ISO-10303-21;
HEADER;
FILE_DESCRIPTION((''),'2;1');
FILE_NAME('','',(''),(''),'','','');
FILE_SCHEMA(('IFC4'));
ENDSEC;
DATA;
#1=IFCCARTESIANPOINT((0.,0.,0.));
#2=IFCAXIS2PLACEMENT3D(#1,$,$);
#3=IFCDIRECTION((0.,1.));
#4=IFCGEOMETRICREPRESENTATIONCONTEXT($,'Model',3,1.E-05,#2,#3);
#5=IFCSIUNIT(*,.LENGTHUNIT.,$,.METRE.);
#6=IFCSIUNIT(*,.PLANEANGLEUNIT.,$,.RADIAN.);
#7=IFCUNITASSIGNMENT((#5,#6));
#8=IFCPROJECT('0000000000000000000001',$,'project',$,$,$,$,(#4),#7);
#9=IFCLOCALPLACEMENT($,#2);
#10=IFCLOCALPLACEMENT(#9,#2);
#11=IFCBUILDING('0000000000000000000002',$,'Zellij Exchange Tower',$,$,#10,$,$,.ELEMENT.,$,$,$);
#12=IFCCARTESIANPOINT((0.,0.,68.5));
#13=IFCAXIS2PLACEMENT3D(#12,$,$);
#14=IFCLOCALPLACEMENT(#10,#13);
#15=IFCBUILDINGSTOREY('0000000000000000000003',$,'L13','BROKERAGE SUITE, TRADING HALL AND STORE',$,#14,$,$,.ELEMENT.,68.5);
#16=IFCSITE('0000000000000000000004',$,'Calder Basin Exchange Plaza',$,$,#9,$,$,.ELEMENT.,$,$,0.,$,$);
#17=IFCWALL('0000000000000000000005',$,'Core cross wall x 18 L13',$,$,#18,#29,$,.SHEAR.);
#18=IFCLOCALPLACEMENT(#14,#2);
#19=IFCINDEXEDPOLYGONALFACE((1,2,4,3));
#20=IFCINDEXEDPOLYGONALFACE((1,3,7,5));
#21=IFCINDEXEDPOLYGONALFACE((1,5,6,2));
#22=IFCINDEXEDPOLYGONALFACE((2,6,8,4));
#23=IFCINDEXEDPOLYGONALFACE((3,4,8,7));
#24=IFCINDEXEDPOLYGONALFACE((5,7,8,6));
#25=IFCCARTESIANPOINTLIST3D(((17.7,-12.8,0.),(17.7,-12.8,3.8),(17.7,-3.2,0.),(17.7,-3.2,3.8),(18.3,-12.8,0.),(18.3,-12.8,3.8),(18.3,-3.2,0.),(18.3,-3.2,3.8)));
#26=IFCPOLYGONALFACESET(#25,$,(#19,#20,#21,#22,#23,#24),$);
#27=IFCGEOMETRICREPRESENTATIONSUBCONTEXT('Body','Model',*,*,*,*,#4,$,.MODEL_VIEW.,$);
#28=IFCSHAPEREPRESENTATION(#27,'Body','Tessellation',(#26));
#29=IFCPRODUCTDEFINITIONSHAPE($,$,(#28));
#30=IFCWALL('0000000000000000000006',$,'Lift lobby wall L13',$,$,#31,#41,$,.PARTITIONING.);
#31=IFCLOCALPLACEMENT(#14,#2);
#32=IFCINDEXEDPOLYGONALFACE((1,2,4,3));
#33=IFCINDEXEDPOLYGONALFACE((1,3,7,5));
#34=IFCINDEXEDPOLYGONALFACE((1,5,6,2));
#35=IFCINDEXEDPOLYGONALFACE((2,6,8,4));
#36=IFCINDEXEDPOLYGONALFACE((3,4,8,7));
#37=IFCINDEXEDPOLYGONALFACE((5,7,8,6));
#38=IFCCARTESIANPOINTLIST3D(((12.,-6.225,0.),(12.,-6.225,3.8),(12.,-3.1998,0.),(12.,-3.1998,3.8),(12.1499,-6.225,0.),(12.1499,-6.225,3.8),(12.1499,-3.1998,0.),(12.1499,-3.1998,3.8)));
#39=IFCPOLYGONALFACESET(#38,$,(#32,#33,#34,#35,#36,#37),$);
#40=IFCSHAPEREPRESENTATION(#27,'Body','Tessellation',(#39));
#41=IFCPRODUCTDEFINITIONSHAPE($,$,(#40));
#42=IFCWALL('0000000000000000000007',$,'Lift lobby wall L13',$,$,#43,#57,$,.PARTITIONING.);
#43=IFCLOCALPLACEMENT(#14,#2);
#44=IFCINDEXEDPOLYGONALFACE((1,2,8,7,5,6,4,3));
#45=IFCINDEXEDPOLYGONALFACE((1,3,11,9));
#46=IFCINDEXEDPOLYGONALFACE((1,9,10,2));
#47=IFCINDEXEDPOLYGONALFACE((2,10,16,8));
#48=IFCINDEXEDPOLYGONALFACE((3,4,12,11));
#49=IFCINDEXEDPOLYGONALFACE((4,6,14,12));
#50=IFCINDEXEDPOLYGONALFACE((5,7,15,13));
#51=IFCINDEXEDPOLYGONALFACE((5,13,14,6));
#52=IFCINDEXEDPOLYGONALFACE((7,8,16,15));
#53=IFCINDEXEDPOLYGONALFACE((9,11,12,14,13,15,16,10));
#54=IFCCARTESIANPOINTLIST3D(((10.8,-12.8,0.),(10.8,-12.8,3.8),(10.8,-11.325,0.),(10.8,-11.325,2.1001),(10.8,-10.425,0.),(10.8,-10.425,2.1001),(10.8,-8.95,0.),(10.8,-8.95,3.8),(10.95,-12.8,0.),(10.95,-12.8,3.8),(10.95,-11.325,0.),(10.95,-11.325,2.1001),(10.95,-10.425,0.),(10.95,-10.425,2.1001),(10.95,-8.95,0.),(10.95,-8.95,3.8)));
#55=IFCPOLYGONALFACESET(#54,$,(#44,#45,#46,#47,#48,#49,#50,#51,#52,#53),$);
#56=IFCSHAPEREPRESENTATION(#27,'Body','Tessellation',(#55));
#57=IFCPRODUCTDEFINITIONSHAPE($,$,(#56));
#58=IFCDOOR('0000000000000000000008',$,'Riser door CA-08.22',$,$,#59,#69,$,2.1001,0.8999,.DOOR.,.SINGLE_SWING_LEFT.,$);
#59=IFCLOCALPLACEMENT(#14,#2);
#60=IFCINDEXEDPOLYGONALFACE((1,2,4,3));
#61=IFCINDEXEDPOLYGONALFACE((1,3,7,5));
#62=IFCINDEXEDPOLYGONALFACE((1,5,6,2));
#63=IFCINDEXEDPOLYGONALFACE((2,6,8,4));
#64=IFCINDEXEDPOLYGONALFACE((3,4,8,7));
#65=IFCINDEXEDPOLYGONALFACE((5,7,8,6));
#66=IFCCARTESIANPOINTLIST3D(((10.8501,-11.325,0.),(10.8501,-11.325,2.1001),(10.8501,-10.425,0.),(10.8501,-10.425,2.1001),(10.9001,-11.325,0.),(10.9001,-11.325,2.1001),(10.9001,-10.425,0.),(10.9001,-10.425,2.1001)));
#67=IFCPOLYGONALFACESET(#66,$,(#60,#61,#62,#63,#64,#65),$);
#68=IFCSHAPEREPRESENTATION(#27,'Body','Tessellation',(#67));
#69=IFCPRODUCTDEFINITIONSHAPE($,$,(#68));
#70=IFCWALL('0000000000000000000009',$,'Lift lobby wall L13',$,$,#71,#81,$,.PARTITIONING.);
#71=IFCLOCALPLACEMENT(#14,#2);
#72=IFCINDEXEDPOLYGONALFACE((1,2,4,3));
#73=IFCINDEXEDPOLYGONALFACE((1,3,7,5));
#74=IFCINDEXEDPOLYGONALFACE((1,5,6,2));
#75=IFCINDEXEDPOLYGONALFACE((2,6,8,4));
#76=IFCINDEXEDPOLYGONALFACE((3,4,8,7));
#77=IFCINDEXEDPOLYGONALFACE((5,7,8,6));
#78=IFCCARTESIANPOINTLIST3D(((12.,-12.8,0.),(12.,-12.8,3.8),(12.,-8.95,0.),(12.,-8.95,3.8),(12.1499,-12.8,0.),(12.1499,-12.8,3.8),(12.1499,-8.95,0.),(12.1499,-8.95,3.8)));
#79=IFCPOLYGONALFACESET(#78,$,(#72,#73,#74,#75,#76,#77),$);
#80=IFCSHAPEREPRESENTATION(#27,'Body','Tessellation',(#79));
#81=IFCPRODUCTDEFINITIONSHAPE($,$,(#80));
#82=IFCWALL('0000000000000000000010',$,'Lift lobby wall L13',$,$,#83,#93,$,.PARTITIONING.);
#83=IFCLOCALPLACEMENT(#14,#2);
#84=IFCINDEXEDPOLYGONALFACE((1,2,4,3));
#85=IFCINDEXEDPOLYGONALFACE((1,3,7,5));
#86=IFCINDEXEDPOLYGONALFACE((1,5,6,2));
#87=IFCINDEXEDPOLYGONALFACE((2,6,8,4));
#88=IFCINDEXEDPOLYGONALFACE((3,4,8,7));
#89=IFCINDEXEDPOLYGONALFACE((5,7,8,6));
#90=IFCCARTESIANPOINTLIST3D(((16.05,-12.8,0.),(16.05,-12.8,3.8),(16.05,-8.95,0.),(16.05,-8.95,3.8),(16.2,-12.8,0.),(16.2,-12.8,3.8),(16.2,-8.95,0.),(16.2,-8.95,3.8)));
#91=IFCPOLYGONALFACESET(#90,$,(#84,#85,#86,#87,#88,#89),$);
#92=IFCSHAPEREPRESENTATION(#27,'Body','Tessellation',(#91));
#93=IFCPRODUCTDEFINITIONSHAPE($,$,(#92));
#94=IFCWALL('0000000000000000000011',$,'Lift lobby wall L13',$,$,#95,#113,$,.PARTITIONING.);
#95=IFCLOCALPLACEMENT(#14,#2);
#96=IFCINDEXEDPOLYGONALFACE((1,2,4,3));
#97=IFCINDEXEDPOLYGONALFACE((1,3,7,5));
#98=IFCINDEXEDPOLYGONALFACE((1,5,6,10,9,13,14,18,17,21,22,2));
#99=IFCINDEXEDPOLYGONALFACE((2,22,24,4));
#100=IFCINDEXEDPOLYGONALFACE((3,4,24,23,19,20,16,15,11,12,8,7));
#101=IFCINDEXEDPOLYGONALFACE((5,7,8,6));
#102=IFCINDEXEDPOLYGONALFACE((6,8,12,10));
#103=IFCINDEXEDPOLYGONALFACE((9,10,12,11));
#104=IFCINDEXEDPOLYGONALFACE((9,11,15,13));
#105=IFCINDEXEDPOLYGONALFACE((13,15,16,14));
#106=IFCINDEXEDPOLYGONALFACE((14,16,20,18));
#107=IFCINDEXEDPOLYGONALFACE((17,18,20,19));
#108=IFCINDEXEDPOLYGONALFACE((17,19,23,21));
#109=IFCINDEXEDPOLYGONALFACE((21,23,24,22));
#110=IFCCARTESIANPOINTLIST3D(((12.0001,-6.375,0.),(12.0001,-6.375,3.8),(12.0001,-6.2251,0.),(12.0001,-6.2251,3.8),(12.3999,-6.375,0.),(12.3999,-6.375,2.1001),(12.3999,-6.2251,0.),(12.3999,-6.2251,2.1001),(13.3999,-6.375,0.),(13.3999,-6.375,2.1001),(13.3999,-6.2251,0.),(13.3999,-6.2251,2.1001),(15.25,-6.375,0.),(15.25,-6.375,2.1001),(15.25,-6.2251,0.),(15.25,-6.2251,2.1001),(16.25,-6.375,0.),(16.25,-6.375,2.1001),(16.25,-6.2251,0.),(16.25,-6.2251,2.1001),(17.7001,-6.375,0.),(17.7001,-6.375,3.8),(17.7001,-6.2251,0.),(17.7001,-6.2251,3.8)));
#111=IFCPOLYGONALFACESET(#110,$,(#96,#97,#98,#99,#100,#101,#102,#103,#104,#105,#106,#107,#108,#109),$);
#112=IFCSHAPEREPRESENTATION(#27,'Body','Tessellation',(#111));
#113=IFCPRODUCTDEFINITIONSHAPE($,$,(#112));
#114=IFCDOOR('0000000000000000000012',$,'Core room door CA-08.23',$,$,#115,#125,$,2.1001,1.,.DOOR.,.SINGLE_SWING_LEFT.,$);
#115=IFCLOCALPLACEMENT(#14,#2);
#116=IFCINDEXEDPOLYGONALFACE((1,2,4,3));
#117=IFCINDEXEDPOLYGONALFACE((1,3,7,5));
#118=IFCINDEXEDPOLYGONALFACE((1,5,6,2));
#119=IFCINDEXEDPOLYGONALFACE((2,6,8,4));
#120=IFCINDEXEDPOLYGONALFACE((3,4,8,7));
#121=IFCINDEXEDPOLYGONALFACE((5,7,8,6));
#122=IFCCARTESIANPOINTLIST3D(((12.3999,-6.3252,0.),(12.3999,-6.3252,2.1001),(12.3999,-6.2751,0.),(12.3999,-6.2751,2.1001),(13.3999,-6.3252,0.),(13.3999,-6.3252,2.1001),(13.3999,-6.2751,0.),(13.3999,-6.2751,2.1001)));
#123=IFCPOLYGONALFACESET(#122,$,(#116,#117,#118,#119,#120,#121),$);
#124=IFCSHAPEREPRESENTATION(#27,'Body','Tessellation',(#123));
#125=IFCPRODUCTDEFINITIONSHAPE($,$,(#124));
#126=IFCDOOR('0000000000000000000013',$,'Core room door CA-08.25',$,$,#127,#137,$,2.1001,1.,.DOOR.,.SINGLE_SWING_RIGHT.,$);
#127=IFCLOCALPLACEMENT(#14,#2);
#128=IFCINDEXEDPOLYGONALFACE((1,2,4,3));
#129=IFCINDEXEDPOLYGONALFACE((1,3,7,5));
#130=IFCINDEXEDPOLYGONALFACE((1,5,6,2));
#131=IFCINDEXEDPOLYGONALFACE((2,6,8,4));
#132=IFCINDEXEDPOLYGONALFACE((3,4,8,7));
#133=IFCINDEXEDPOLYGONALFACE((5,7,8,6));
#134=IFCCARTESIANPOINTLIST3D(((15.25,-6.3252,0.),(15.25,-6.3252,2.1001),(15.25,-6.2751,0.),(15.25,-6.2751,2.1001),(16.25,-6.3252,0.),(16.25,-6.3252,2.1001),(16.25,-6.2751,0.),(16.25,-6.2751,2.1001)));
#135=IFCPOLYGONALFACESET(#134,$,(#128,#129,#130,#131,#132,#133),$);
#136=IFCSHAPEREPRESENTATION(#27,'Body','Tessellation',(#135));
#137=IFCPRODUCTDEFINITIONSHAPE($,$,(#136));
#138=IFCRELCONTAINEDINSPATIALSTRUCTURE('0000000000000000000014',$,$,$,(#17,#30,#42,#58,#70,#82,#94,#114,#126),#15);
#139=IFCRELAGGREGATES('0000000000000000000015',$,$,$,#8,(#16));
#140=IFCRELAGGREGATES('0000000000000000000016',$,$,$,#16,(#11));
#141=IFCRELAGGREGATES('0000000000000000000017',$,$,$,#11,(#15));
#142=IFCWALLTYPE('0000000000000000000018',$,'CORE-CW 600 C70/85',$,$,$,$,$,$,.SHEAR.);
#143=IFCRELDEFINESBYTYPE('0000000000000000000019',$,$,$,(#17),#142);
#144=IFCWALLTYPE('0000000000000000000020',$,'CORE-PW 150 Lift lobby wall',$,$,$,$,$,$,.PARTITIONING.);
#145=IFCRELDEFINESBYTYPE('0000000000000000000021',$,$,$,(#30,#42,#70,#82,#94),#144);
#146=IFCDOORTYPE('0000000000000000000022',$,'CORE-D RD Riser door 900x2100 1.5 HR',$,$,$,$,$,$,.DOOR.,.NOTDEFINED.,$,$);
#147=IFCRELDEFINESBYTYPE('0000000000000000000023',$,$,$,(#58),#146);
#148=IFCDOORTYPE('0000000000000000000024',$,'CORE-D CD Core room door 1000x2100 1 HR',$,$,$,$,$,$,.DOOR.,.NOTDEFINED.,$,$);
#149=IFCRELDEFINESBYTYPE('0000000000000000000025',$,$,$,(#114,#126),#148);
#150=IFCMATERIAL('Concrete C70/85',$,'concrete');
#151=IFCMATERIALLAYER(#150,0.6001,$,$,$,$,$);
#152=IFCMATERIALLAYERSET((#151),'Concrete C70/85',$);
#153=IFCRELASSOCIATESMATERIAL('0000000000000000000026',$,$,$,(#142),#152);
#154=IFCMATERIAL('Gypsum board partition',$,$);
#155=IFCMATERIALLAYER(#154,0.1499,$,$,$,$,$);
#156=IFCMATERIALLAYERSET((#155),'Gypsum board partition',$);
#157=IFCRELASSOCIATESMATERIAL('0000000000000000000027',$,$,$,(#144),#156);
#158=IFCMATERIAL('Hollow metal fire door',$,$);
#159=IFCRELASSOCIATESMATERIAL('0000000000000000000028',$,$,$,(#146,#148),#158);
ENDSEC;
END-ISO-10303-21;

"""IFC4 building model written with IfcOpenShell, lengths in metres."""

from ifc_helpers import new_model, si_unit, direction, frame, frame_2d, origin, place, context, subcontext, project, spatial, rectangle, extrude, material, layer, layer_set, type_object, element, fill, save


model = new_model("IFC4")

# Units and contexts
model_context = context("Model", 3, precision=1e-05, world=origin(), true_north=direction((0.0, 1.0)))
body_context = subcontext(model_context, "Body", "Model", "MODEL_VIEW")
ifc_project = project(units=[si_unit("LENGTHUNIT", "METRE"), si_unit("PLANEANGLEUNIT", "RADIAN")], contexts=[model_context])

# Site, building, storey
site_placement = place(None, origin())
site = spatial("IfcSite", under=ifc_project, at=site_placement, Name="Calder Basin Exchange Plaza", CompositionType="ELEMENT", RefElevation=0.0)
building_placement = place(site_placement, origin())
building = spatial("IfcBuilding", under=site, at=building_placement, Name="Zellij Exchange Tower", CompositionType="ELEMENT")
storey_placement = place(building_placement, frame((0.0, 0.0, 68.5)))
storey = spatial("IfcBuildingStorey", under=building, at=storey_placement, Name="L13", Description="BROKERAGE SUITE, TRADING HALL AND STORE", CompositionType="ELEMENT", Elevation=68.5)

# Walls
ifc_material_1 = material(Name="Concrete C70/85", Category="concrete")
ifc_layer_1 = layer(ifc_material_1, 0.6001)
ifc_layer_set_1 = layer_set([ifc_layer_1], Name="Concrete C70/85")
wall_type_1 = type_object("IfcWallType", Name="CORE-CW 600 C70/85", PredefinedType="SHEAR", material=ifc_layer_set_1)
wall_1_placement = place(storey_placement, frame((18.0, -12.8, 0.0), z_axis=(0.0, 0.0, 1.0), x_axis=(0.0, 1.0, 0.0)))
element("IfcWall", 1, at=wall_1_placement, inside=storey, type_object=wall_type_1, Name="Core cross wall x 18 L13", PredefinedType="SHEAR", context=body_context, shape_type="SweptSolid", body=[
    extrude(rectangle(XDim=9.6001, YDim=0.6001, at=frame_2d((4.8, 0.0))), origin(), (0.0, 0.0, 1.0), 3.8),
])
ifc_material_2 = material(Name="Gypsum board partition")
ifc_layer_2 = layer(ifc_material_2, 0.1499)
ifc_layer_set_2 = layer_set([ifc_layer_2], Name="Gypsum board partition")
wall_type_2 = type_object("IfcWallType", Name="CORE-PW 150 Lift lobby wall", PredefinedType="PARTITIONING", material=ifc_layer_set_2)
wall_2_placement = place(storey_placement, frame((12.075, -6.2251, 0.0), z_axis=(0.0, 0.0, 1.0), x_axis=(0.0, 1.0, 0.0)))
element("IfcWall", 2, at=wall_2_placement, inside=storey, type_object=wall_type_2, Name="Lift lobby wall L13", PredefinedType="PARTITIONING", context=body_context, shape_type="SweptSolid", body=[
    extrude(rectangle(XDim=3.0251, YDim=0.1499, at=frame_2d((1.5127, 0.0))), origin(), (0.0, 0.0, 1.0), 3.8),
])

# Wall, opening, door
wall_3_placement = place(storey_placement, frame((10.875, -12.8, 0.0), z_axis=(0.0, 0.0, 1.0), x_axis=(0.0, 1.0, 0.0)))
wall_3 = element("IfcWall", 3, at=wall_3_placement, inside=storey, type_object=wall_type_2, Name="Lift lobby wall L13", PredefinedType="PARTITIONING", context=body_context, shape_type="SweptSolid", body=[
    extrude(rectangle(XDim=3.8501, YDim=0.1499, at=frame_2d((1.925, 0.0))), origin(), (0.0, 0.0, 1.0), 3.8),
])
opening_1_placement = place(wall_3_placement, frame((1.4751, 0.0, 0.0)))
opening_1 = element("IfcOpeningElement", 4, at=opening_1_placement, cuts=wall_3, PredefinedType="OPENING", context=body_context, shape_type="SweptSolid", body=[
    extrude(rectangle(XDim=0.8999, YDim=2.1001, at=frame_2d((0.45, 1.05))), frame((0.0, 0.0869, 0.0), z_axis=(0.0, -1.0, 0.0), x_axis=(1.0, 0.0, 0.0)), (0.0, 0.0, 1.0), 0.1738),
])
ifc_material_3 = material(Name="Hollow metal fire door")
door_type_1 = type_object("IfcDoorType", Name="CORE-D RD Riser door 900x2100 1.5 HR", OperationType="NOTDEFINED", PredefinedType="DOOR", material=ifc_material_3)
door_1_placement = place(opening_1_placement, origin())
door_1 = element("IfcDoor", 5, at=door_1_placement, inside=storey, type_object=door_type_1, Name="Riser door CA-08.22", OperationType="SINGLE_SWING_LEFT", OverallHeight=2.1001, OverallWidth=0.8999, PredefinedType="DOOR", context=body_context, shape_type="SweptSolid", body=[
    extrude(rectangle(XDim=0.8999, YDim=2.1001, at=frame_2d((0.45, 1.05))), frame((0.0, 0.0249, 0.0), z_axis=(0.0, -1.0, 0.0), x_axis=(1.0, 0.0, 0.0)), (0.0, 0.0, 1.0), 0.05),
])
fill(opening_1, door_1)

# Walls
for number, where, z_axis, x_axis, name in (
    (6, (12.075, -12.8, 0.0), (0.0, 0.0, 1.0), (0.0, 1.0, 0.0), "Lift lobby wall L13"),
    (7, (16.125, -12.8, 0.0), (0.0, 0.0, 1.0), (0.0, 1.0, 0.0), "Lift lobby wall L13"),
):
    element("IfcWall", number, at=place(storey_placement, frame(where, z_axis=z_axis, x_axis=x_axis)), inside=storey, type_object=wall_type_2, Name=name, PredefinedType="PARTITIONING", context=body_context, shape_type="SweptSolid", body=[
        extrude(rectangle(XDim=3.8501, YDim=0.1499, at=frame_2d((1.925, 0.0))), origin(), (0.0, 0.0, 1.0), 3.8),
    ])

# Wall, openings, doors
wall_4_placement = place(storey_placement, frame((12.0, -6.3, 0.0), z_axis=(0.0, 0.0, 1.0), x_axis=(1.0, 0.0, 0.0)))
wall_4 = element("IfcWall", 8, at=wall_4_placement, inside=storey, type_object=wall_type_2, Name="Lift lobby wall L13", PredefinedType="PARTITIONING", context=body_context, shape_type="SweptSolid", body=[
    extrude(rectangle(XDim=5.7, YDim=0.1499, at=frame_2d((2.8501, 0.0))), origin(), (0.0, 0.0, 1.0), 3.8),
])
opening_2_placement = place(wall_4_placement, frame((0.3999, 0.0, 0.0)))
opening_2 = element("IfcOpeningElement", 9, at=opening_2_placement, cuts=wall_4, PredefinedType="OPENING", context=body_context, shape_type="SweptSolid", body=[
    extrude(rectangle(XDim=1.0, YDim=2.1001, at=frame_2d((0.5, 1.05))), frame((0.0, 0.0869, 0.0), z_axis=(0.0, -1.0, 0.0), x_axis=(1.0, 0.0, 0.0)), (0.0, 0.0, 1.0), 0.1738),
])
opening_3_placement = place(wall_4_placement, frame((3.25, 0.0, 0.0)))
opening_3 = element("IfcOpeningElement", 10, at=opening_3_placement, cuts=wall_4, PredefinedType="OPENING", context=body_context, shape_type="SweptSolid", body=[
    extrude(rectangle(XDim=1.0, YDim=2.1001, at=frame_2d((0.5, 1.05))), frame((0.0, 0.0869, 0.0), z_axis=(0.0, -1.0, 0.0), x_axis=(1.0, 0.0, 0.0)), (0.0, 0.0, 1.0), 0.1738),
])
door_type_2 = type_object("IfcDoorType", Name="CORE-D CD Core room door 1000x2100 1 HR", OperationType="NOTDEFINED", PredefinedType="DOOR", material=ifc_material_3)
door_2_placement = place(opening_2_placement, origin())
door_2 = element("IfcDoor", 11, at=door_2_placement, inside=storey, type_object=door_type_2, Name="Core room door CA-08.23", OperationType="SINGLE_SWING_LEFT", OverallHeight=2.1001, OverallWidth=1.0, PredefinedType="DOOR", context=body_context, shape_type="SweptSolid", body=[
    extrude(rectangle(XDim=1.0, YDim=2.1001, at=frame_2d((0.5, 1.05))), frame((0.0, 0.0249, 0.0), z_axis=(0.0, -1.0, 0.0), x_axis=(1.0, 0.0, 0.0)), (0.0, 0.0, 1.0), 0.05),
])
fill(opening_2, door_2)
door_3_placement = place(opening_3_placement, origin())
door_3 = element("IfcDoor", 12, at=door_3_placement, inside=storey, type_object=door_type_2, Name="Core room door CA-08.25", OperationType="SINGLE_SWING_RIGHT", OverallHeight=2.1001, OverallWidth=1.0, PredefinedType="DOOR", context=body_context, shape_type="SweptSolid", body=[
    extrude(rectangle(XDim=1.0, YDim=2.1001, at=frame_2d((0.5, 1.05))), frame((0.0, 0.0249, 0.0), z_axis=(0.0, -1.0, 0.0), x_axis=(1.0, 0.0, 0.0)), (0.0, 0.0, 1.0), 0.05),
])
fill(opening_3, door_3)

save(model, "model.ifc")
